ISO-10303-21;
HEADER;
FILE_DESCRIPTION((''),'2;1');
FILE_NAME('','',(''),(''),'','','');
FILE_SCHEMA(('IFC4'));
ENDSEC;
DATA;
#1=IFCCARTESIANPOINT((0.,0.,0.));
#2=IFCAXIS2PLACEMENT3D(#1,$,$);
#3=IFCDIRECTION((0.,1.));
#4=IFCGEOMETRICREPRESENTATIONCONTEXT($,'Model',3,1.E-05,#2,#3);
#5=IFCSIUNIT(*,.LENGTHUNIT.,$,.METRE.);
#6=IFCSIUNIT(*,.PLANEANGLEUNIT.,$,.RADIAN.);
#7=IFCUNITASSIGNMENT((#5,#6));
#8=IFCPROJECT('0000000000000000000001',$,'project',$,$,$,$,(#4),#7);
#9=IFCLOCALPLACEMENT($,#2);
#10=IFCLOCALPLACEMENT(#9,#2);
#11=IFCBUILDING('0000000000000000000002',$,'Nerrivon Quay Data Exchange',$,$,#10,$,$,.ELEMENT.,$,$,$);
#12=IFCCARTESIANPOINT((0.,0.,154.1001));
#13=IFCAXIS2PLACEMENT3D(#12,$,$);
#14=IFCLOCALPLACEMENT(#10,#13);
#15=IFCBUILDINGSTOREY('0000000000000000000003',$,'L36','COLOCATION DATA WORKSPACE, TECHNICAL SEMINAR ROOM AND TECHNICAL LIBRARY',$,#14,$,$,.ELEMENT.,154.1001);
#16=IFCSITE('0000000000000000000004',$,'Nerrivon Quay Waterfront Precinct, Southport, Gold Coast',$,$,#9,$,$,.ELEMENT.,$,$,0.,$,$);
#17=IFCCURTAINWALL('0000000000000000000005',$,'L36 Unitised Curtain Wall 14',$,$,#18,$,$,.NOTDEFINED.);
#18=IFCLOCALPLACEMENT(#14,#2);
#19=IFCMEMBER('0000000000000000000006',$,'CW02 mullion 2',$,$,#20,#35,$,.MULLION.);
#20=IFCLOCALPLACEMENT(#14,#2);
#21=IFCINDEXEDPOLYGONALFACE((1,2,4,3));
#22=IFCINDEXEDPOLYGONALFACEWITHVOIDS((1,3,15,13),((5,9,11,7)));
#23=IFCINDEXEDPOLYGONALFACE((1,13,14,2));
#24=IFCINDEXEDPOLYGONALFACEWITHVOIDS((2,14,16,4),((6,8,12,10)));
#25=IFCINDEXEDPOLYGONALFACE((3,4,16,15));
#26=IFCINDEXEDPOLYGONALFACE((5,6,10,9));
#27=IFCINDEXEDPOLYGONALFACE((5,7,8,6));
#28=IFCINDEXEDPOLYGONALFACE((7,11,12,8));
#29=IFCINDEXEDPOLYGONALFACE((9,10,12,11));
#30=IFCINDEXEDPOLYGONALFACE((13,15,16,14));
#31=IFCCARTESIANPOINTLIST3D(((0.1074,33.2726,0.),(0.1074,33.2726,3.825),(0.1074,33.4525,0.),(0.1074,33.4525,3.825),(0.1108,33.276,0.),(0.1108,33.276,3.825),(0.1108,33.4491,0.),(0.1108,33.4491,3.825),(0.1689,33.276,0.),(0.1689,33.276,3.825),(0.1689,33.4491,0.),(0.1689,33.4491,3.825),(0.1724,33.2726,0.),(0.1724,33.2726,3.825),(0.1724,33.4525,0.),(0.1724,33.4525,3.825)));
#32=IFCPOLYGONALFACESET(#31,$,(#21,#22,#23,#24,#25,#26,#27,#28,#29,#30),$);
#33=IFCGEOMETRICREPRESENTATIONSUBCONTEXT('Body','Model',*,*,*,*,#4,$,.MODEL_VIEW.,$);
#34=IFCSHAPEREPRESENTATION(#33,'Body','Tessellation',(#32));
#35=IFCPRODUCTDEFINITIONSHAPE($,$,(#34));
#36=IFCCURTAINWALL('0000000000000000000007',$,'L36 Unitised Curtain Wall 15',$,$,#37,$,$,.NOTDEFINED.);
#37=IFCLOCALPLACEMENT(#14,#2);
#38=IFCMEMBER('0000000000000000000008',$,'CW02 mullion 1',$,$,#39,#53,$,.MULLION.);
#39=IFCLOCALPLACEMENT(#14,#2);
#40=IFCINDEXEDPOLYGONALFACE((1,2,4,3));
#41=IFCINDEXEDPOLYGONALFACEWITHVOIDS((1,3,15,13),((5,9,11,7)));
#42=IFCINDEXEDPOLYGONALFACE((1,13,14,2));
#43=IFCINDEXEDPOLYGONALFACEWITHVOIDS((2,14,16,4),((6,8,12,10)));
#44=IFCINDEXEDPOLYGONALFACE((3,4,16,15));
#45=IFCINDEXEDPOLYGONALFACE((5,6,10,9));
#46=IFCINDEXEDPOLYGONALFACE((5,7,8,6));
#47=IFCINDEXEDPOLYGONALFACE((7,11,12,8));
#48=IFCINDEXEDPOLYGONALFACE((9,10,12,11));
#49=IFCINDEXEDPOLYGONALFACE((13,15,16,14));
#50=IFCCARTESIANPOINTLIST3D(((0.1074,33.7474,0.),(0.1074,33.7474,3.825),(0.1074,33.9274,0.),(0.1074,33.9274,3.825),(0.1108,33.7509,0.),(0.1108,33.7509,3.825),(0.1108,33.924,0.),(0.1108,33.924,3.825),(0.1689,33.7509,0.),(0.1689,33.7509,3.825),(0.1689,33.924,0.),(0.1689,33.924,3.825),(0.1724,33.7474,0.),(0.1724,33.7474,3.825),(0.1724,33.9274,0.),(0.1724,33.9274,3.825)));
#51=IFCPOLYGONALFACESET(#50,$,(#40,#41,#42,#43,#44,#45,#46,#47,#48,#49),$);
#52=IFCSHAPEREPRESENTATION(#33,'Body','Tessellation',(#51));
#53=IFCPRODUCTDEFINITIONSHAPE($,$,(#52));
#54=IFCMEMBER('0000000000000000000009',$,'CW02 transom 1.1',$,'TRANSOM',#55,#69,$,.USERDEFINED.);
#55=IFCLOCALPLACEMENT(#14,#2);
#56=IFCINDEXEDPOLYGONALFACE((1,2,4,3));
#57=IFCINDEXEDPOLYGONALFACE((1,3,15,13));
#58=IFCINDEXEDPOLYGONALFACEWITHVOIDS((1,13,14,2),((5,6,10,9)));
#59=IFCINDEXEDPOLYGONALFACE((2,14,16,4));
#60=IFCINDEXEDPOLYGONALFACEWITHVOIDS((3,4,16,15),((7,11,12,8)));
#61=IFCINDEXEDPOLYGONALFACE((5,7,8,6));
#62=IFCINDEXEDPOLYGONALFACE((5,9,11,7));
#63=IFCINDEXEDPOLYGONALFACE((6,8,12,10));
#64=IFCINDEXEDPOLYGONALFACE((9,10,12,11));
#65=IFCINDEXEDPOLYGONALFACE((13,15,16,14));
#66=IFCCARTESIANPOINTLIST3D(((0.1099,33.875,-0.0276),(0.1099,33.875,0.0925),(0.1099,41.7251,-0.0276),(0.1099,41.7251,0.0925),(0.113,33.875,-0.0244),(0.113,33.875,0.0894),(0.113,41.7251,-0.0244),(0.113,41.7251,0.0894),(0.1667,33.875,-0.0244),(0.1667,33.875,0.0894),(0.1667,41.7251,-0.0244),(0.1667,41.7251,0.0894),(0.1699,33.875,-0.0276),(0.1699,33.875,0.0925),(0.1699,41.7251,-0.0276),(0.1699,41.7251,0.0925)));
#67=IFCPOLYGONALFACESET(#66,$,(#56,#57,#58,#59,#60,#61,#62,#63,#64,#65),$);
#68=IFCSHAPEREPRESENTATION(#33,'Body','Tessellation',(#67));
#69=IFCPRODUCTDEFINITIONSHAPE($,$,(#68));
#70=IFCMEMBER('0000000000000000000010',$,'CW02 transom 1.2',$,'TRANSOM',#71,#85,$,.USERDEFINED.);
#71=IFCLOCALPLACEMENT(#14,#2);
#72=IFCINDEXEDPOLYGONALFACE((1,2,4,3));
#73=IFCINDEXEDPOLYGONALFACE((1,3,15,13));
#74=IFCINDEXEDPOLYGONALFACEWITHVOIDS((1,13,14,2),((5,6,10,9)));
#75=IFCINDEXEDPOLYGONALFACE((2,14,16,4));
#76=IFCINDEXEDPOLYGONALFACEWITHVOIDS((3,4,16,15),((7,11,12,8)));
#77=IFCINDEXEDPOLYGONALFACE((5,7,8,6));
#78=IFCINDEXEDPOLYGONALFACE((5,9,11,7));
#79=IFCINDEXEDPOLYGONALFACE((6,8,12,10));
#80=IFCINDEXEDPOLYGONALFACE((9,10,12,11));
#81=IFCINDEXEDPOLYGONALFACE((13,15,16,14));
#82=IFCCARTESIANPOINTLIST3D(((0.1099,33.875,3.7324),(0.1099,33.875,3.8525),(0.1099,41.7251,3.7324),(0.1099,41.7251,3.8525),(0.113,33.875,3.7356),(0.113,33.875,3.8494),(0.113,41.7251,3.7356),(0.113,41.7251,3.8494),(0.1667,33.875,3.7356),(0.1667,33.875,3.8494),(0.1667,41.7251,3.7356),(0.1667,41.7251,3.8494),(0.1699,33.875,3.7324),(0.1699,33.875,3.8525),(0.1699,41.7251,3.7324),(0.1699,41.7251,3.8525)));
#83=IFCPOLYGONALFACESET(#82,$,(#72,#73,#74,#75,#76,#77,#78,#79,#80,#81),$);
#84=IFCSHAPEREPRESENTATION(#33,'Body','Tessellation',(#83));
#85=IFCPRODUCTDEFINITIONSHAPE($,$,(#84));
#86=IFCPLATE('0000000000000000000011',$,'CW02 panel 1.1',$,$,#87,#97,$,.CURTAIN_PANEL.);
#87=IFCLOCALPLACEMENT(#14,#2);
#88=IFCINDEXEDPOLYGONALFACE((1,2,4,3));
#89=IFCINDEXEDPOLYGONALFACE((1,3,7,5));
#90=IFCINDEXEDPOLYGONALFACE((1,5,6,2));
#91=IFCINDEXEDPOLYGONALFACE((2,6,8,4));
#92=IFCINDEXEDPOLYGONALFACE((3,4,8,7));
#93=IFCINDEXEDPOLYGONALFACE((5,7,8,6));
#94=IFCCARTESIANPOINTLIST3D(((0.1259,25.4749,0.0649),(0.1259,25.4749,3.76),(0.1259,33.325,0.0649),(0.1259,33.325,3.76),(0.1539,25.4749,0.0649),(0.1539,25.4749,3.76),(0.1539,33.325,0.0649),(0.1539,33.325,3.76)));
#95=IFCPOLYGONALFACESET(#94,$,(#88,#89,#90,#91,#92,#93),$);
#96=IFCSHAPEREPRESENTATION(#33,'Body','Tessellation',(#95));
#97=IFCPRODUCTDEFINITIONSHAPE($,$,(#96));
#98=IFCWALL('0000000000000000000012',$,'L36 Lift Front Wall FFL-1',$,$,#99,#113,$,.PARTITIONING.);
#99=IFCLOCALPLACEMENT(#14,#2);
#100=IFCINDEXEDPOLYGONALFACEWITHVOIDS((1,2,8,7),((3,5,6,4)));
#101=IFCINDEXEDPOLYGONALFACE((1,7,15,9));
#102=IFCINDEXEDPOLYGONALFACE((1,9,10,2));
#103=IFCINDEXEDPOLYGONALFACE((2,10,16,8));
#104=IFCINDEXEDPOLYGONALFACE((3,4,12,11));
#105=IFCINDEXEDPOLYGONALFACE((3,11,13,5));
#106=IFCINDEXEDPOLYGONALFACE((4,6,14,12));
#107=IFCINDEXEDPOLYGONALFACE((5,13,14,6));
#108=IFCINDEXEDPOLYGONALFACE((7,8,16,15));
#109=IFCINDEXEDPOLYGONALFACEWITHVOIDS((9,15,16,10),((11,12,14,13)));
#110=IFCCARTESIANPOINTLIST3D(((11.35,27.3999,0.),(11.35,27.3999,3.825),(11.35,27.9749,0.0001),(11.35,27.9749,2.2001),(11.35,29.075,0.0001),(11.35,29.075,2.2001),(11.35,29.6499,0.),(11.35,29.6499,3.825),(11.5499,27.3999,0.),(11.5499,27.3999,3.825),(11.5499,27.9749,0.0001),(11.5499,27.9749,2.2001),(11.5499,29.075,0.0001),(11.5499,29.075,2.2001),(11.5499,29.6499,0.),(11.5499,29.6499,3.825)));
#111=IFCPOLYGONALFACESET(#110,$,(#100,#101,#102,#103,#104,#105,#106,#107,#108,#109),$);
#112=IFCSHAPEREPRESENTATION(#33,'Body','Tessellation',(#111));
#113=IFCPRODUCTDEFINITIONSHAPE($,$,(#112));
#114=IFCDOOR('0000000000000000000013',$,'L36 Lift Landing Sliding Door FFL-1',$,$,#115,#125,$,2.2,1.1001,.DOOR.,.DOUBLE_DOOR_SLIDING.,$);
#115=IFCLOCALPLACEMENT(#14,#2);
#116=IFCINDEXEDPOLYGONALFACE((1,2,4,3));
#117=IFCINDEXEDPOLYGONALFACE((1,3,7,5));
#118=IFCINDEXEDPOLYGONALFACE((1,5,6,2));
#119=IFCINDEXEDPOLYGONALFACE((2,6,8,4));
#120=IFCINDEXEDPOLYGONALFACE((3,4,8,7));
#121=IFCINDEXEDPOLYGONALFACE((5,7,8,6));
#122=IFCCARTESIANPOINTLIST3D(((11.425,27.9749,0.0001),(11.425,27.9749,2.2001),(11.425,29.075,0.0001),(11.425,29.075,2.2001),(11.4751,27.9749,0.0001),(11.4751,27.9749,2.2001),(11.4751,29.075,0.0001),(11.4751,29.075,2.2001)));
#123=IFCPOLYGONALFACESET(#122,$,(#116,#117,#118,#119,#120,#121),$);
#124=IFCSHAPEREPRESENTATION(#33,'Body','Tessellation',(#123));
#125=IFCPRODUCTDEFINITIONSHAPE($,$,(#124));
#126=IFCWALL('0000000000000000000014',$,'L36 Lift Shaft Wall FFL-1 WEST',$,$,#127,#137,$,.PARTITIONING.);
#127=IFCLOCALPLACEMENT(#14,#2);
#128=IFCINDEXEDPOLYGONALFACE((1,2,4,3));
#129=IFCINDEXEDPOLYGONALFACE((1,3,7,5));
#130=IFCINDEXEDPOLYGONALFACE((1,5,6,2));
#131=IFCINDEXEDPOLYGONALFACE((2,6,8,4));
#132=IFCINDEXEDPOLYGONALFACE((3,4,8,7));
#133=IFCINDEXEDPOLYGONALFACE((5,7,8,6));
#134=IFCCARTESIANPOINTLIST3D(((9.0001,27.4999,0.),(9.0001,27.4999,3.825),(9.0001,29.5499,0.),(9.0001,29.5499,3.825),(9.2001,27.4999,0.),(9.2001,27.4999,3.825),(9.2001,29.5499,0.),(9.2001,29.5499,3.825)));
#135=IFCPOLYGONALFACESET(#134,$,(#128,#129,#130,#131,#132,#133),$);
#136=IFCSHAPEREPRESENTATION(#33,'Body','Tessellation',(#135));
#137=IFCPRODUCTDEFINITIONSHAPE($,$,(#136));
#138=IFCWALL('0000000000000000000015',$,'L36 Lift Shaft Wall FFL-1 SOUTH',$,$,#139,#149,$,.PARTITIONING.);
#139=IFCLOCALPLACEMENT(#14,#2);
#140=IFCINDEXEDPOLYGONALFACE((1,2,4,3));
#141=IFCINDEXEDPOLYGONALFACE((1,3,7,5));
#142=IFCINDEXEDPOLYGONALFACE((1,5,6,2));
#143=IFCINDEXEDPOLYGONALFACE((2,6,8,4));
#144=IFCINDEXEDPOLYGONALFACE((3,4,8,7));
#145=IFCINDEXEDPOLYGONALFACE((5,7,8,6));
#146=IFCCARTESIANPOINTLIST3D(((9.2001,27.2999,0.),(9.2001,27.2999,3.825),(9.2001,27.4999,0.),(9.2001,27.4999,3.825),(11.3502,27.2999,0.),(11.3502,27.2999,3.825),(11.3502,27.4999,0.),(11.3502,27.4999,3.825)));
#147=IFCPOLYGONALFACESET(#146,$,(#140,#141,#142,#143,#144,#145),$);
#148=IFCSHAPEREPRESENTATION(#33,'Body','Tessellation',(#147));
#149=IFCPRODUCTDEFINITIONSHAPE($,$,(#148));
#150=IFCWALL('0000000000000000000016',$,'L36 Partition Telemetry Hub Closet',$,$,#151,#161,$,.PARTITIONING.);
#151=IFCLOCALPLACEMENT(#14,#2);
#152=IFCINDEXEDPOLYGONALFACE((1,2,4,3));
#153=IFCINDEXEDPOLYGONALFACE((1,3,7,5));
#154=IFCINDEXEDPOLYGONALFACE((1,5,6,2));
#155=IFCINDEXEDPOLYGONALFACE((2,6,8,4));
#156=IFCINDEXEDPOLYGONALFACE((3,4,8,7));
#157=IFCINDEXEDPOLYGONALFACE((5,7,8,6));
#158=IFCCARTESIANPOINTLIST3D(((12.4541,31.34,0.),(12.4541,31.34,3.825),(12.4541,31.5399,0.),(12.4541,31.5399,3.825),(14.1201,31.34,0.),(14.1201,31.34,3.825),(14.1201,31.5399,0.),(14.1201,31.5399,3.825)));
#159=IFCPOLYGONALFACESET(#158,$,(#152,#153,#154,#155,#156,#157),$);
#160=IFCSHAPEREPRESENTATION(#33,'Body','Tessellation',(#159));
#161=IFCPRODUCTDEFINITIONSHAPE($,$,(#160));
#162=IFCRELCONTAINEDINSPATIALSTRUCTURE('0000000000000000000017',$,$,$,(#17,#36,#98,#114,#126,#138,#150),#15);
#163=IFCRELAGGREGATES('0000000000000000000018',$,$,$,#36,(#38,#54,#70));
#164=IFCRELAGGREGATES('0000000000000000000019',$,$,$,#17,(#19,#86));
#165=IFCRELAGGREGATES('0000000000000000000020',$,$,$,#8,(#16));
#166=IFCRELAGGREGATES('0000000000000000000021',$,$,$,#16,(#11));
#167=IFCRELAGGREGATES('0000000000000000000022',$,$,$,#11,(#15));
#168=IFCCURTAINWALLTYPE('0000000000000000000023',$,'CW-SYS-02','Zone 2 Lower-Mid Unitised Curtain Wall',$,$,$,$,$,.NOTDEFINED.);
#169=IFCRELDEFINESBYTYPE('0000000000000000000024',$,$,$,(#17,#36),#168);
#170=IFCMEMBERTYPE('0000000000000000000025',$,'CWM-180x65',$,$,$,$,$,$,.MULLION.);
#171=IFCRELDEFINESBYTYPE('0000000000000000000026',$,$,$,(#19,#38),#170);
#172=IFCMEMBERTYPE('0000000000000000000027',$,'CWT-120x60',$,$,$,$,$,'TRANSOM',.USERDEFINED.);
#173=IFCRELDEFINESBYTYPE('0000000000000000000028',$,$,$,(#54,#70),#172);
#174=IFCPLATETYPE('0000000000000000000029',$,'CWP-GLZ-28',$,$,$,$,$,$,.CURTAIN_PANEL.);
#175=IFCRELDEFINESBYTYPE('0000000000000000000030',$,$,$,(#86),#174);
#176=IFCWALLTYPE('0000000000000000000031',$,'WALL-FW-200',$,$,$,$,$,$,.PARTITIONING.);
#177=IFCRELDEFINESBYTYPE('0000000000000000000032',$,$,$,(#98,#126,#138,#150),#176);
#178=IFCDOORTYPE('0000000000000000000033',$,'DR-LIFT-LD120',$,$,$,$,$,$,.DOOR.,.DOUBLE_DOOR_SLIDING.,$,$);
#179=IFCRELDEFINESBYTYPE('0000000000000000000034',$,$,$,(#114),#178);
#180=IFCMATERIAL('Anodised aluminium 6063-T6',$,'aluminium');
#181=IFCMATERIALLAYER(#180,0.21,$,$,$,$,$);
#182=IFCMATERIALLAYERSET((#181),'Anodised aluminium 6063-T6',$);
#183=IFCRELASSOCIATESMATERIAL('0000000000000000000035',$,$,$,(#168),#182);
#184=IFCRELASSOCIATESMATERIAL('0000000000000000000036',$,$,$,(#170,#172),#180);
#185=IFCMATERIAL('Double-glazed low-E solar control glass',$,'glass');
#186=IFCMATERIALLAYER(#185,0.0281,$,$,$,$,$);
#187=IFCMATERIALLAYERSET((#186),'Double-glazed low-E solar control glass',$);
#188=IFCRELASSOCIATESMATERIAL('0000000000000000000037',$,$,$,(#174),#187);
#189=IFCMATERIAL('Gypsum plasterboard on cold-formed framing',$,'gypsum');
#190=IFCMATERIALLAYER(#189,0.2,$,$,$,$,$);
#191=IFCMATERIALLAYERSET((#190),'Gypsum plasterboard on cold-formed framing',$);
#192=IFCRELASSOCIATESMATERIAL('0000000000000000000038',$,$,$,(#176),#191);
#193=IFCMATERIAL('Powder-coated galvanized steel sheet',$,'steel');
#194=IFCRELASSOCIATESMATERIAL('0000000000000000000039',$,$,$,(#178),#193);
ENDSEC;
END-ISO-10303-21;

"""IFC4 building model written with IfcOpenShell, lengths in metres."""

from ifc_helpers import new_model, si_unit, direction, frame, frame_2d, origin, origin_2d, place, context, subcontext, project, spatial, rectangle, hollow_rectangle, extrude, material, layer, layer_set, material_profile, profile_set, type_object, element, fill, aggregate, save


model = new_model("IFC4")

# Units and contexts
model_context = context("Model", 3, precision=1e-05, world=origin(), true_north=direction((0.0, 1.0)))
body_context = subcontext(model_context, "Body", "Model", "MODEL_VIEW")
ifc_project = project(units=[si_unit("LENGTHUNIT", "METRE"), si_unit("PLANEANGLEUNIT", "RADIAN")], contexts=[model_context])

# Site, building, storey
site_placement = place(None, origin())
site = spatial("IfcSite", under=ifc_project, at=site_placement, Name="Nerrivon Quay Waterfront Precinct, Southport, Gold Coast", CompositionType="ELEMENT", RefElevation=0.0)
building_placement = place(site_placement, origin())
building = spatial("IfcBuilding", under=site, at=building_placement, Name="Nerrivon Quay Data Exchange", CompositionType="ELEMENT")
storey_placement = place(building_placement, frame((0.0, 0.0, 154.1001)))
storey = spatial("IfcBuildingStorey", under=building, at=storey_placement, Name="L36", Description="COLOCATION DATA WORKSPACE, TECHNICAL SEMINAR ROOM AND TECHNICAL LIBRARY", CompositionType="ELEMENT", Elevation=154.1001)

# Curtain wall, member
ifc_material_1 = material(Name="Anodised aluminium 6063-T6", Category="aluminium")
ifc_layer_1 = layer(ifc_material_1, 0.21)
ifc_layer_set_1 = layer_set([ifc_layer_1], Name="Anodised aluminium 6063-T6")
curtain_wall_type = type_object("IfcCurtainWallType", Name="CW-SYS-02", Description="Zone 2 Lower-Mid Unitised Curtain Wall", PredefinedType="NOTDEFINED", material=ifc_layer_set_1)
curtain_wall_1_placement = place(storey_placement, origin())
curtain_wall_1 = element("IfcCurtainWall", 1, at=curtain_wall_1_placement, inside=storey, type_object=curtain_wall_type, Name="L36 Unitised Curtain Wall 14", PredefinedType="NOTDEFINED")
ifc_material_profile_1 = material_profile(ifc_material_1, hollow_rectangle(XDim=0.0649, YDim=0.1799, WallThickness=0.0034, at=origin_2d()), Name="ALU-MULL-180x65")
ifc_profile_set_1 = profile_set([ifc_material_profile_1], Name="Anodised aluminium 6063-T6")
member_type_1 = type_object("IfcMemberType", Name="CWM-180x65", PredefinedType="MULLION", material=ifc_profile_set_1)
member_1_placement = place(storey_placement, frame((0.1399, 33.3625, 0.0), z_axis=(0.0, 0.0, 1.0), x_axis=(-1.0, 0.0, 0.0)))
member_1 = element("IfcMember", 2, at=member_1_placement, type_object=member_type_1, Name="CW02 mullion 2", PredefinedType="MULLION", context=body_context, shape_type="SweptSolid", body=[
    extrude(hollow_rectangle(XDim=0.0649, YDim=0.1799, WallThickness=0.0034, at=origin_2d()), origin(), (0.0, 0.0, 1.0), 3.825),
])

# Curtain wall, members
curtain_wall_2_placement = place(storey_placement, origin())
curtain_wall_2 = element("IfcCurtainWall", 3, at=curtain_wall_2_placement, inside=storey, type_object=curtain_wall_type, Name="L36 Unitised Curtain Wall 15", PredefinedType="NOTDEFINED")
member_2_placement = place(storey_placement, frame((0.1399, 33.8374, 0.0), z_axis=(0.0, 0.0, 1.0), x_axis=(-1.0, 0.0, 0.0)))
member_2 = element("IfcMember", 4, at=member_2_placement, type_object=member_type_1, Name="CW02 mullion 1", PredefinedType="MULLION", context=body_context, shape_type="SweptSolid", body=[
    extrude(hollow_rectangle(XDim=0.0649, YDim=0.1799, WallThickness=0.0034, at=origin_2d()), origin(), (0.0, 0.0, 1.0), 3.825),
])
ifc_material_profile_2 = material_profile(ifc_material_1, hollow_rectangle(XDim=0.0601, YDim=0.1201, WallThickness=0.0032, at=origin_2d()), Name="ALU-TRAN-120x60")
ifc_profile_set_2 = profile_set([ifc_material_profile_2], Name="Anodised aluminium 6063-T6")
member_type_2 = type_object("IfcMemberType", Name="CWT-120x60", ElementType="TRANSOM", PredefinedType="USERDEFINED", material=ifc_profile_set_2)
member_3_placement = place(storey_placement, frame((0.1399, 33.875, 0.0325), z_axis=(0.0, 1.0, 0.0), x_axis=(-1.0, 0.0, 0.0)))
member_3 = element("IfcMember", 5, at=member_3_placement, type_object=member_type_2, Name="CW02 transom 1.1", ObjectType="TRANSOM", PredefinedType="USERDEFINED", context=body_context, shape_type="SweptSolid", body=[
    extrude(hollow_rectangle(XDim=0.0601, YDim=0.1201, WallThickness=0.0032, at=origin_2d()), origin(), (0.0, 0.0, 1.0), 7.8501),
])
member_4_placement = place(storey_placement, frame((0.1399, 33.875, 3.7925), z_axis=(0.0, 1.0, 0.0), x_axis=(-1.0, 0.0, 0.0)))
member_4 = element("IfcMember", 6, at=member_4_placement, type_object=member_type_2, Name="CW02 transom 1.2", ObjectType="TRANSOM", PredefinedType="USERDEFINED", context=body_context, shape_type="SweptSolid", body=[
    extrude(hollow_rectangle(XDim=0.0601, YDim=0.1201, WallThickness=0.0032, at=origin_2d()), origin(), (0.0, 0.0, 1.0), 7.8501),
])
aggregate(curtain_wall_2, [member_2, member_3, member_4])

# Plate
ifc_material_2 = material(Name="Double-glazed low-E solar control glass", Category="glass")
ifc_layer_2 = layer(ifc_material_2, 0.0281)
ifc_layer_set_2 = layer_set([ifc_layer_2], Name="Double-glazed low-E solar control glass")
plate_type = type_object("IfcPlateType", Name="CWP-GLZ-28", PredefinedType="CURTAIN_PANEL", material=ifc_layer_set_2)
plate_placement = place(storey_placement, frame((0.1399, 29.3999, 0.0649), z_axis=(0.0, 0.0, 1.0), x_axis=(0.0, 1.0, 0.0)))
plate = element("IfcPlate", 7, at=plate_placement, type_object=plate_type, Name="CW02 panel 1.1", PredefinedType="CURTAIN_PANEL", context=body_context, shape_type="SweptSolid", body=[
    extrude(rectangle(XDim=7.8501, YDim=0.0281, at=origin_2d()), origin(), (0.0, 0.0, 1.0), 3.6951),
])
aggregate(curtain_wall_1, [member_1, plate])

# Wall, opening, door
ifc_material_3 = material(Name="Gypsum plasterboard on cold-formed framing", Category="gypsum")
ifc_layer_3 = layer(ifc_material_3, 0.2)
ifc_layer_set_3 = layer_set([ifc_layer_3], Name="Gypsum plasterboard on cold-formed framing")
wall_type_1 = type_object("IfcWallType", Name="WALL-FW-200", PredefinedType="PARTITIONING", material=ifc_layer_set_3)
wall_1_placement = place(storey_placement, frame((11.45, 27.3999, 0.0), z_axis=(0.0, 0.0, 1.0), x_axis=(0.0, 1.0, 0.0)))
wall_1 = element("IfcWall", 8, at=wall_1_placement, inside=storey, type_object=wall_type_1, Name="L36 Lift Front Wall FFL-1", PredefinedType="PARTITIONING", context=body_context, shape_type="SweptSolid", body=[
    extrude(rectangle(XDim=2.25, YDim=0.2, at=frame_2d((1.125, 0.0))), origin(), (0.0, 0.0, 1.0), 3.825),
])
opening_1_placement = place(wall_1_placement, frame((0.575, 0.0, 0.0)))
opening_1 = element("IfcOpeningElement", 9, at=opening_1_placement, cuts=wall_1, PredefinedType="OPENING", context=body_context, shape_type="SweptSolid", body=[
    extrude(rectangle(XDim=1.1001, YDim=2.2, at=frame_2d((0.55, 1.1001))), frame((0.0, 0.1099, 0.0), z_axis=(0.0, -1.0, 0.0), x_axis=(1.0, 0.0, 0.0)), (0.0, 0.0, 1.0), 0.22),
])
ifc_material_4 = material(Name="Powder-coated galvanized steel sheet", Category="steel")
door_type_1 = type_object("IfcDoorType", Name="DR-LIFT-LD120", OperationType="DOUBLE_DOOR_SLIDING", PredefinedType="DOOR", material=ifc_material_4)
door_1_placement = place(opening_1_placement, origin())
door_1 = element("IfcDoor", 10, at=door_1_placement, inside=storey, type_object=door_type_1, Name="L36 Lift Landing Sliding Door FFL-1", OperationType="DOUBLE_DOOR_SLIDING", OverallHeight=2.2, OverallWidth=1.1001, PredefinedType="DOOR", context=body_context, shape_type="SweptSolid", body=[
    extrude(rectangle(XDim=1.1001, YDim=2.2, at=frame_2d((0.55, 1.1001))), frame((0.0, 0.0249, 0.0), z_axis=(0.0, -1.0, 0.0), x_axis=(1.0, 0.0, 0.0)), (0.0, 0.0, 1.0), 0.05),
])
fill(opening_1, door_1)

# Walls
wall_2_placement = place(storey_placement, frame((9.1001, 27.5, 0.0), z_axis=(0.0, 0.0, 1.0), x_axis=(0.0, 1.0, 0.0)))
element("IfcWall", 11, at=wall_2_placement, inside=storey, type_object=wall_type_1, Name="L36 Lift Shaft Wall FFL-1 WEST", PredefinedType="PARTITIONING", context=body_context, shape_type="SweptSolid", body=[
    extrude(rectangle(XDim=2.05, YDim=0.2, at=frame_2d((1.0249, 0.0))), origin(), (0.0, 0.0, 1.0), 3.825),
])
wall_3_placement = place(storey_placement, frame((9.2, 27.3999, 0.0), z_axis=(0.0, 0.0, 1.0), x_axis=(1.0, 0.0, 0.0)))
element("IfcWall", 12, at=wall_3_placement, inside=storey, type_object=wall_type_1, Name="L36 Lift Shaft Wall FFL-1 SOUTH", PredefinedType="PARTITIONING", context=body_context, shape_type="SweptSolid", body=[
    extrude(rectangle(XDim=2.1501, YDim=0.2, at=frame_2d((1.0752, 0.0))), origin(), (0.0, 0.0, 1.0), 3.825),
])
wall_4_placement = place(storey_placement, frame((12.4541, 31.4399, 0.0), z_axis=(0.0, 0.0, 1.0), x_axis=(1.0, 0.0, 0.0)))
element("IfcWall", 13, at=wall_4_placement, inside=storey, type_object=wall_type_1, Name="L36 Partition Telemetry Hub Closet", PredefinedType="PARTITIONING", context=body_context, shape_type="SweptSolid", body=[
    extrude(rectangle(XDim=1.666, YDim=0.2, at=frame_2d((0.833, 0.0))), origin(), (0.0, 0.0, 1.0), 3.825),
])

save(model, "model.ifc")
